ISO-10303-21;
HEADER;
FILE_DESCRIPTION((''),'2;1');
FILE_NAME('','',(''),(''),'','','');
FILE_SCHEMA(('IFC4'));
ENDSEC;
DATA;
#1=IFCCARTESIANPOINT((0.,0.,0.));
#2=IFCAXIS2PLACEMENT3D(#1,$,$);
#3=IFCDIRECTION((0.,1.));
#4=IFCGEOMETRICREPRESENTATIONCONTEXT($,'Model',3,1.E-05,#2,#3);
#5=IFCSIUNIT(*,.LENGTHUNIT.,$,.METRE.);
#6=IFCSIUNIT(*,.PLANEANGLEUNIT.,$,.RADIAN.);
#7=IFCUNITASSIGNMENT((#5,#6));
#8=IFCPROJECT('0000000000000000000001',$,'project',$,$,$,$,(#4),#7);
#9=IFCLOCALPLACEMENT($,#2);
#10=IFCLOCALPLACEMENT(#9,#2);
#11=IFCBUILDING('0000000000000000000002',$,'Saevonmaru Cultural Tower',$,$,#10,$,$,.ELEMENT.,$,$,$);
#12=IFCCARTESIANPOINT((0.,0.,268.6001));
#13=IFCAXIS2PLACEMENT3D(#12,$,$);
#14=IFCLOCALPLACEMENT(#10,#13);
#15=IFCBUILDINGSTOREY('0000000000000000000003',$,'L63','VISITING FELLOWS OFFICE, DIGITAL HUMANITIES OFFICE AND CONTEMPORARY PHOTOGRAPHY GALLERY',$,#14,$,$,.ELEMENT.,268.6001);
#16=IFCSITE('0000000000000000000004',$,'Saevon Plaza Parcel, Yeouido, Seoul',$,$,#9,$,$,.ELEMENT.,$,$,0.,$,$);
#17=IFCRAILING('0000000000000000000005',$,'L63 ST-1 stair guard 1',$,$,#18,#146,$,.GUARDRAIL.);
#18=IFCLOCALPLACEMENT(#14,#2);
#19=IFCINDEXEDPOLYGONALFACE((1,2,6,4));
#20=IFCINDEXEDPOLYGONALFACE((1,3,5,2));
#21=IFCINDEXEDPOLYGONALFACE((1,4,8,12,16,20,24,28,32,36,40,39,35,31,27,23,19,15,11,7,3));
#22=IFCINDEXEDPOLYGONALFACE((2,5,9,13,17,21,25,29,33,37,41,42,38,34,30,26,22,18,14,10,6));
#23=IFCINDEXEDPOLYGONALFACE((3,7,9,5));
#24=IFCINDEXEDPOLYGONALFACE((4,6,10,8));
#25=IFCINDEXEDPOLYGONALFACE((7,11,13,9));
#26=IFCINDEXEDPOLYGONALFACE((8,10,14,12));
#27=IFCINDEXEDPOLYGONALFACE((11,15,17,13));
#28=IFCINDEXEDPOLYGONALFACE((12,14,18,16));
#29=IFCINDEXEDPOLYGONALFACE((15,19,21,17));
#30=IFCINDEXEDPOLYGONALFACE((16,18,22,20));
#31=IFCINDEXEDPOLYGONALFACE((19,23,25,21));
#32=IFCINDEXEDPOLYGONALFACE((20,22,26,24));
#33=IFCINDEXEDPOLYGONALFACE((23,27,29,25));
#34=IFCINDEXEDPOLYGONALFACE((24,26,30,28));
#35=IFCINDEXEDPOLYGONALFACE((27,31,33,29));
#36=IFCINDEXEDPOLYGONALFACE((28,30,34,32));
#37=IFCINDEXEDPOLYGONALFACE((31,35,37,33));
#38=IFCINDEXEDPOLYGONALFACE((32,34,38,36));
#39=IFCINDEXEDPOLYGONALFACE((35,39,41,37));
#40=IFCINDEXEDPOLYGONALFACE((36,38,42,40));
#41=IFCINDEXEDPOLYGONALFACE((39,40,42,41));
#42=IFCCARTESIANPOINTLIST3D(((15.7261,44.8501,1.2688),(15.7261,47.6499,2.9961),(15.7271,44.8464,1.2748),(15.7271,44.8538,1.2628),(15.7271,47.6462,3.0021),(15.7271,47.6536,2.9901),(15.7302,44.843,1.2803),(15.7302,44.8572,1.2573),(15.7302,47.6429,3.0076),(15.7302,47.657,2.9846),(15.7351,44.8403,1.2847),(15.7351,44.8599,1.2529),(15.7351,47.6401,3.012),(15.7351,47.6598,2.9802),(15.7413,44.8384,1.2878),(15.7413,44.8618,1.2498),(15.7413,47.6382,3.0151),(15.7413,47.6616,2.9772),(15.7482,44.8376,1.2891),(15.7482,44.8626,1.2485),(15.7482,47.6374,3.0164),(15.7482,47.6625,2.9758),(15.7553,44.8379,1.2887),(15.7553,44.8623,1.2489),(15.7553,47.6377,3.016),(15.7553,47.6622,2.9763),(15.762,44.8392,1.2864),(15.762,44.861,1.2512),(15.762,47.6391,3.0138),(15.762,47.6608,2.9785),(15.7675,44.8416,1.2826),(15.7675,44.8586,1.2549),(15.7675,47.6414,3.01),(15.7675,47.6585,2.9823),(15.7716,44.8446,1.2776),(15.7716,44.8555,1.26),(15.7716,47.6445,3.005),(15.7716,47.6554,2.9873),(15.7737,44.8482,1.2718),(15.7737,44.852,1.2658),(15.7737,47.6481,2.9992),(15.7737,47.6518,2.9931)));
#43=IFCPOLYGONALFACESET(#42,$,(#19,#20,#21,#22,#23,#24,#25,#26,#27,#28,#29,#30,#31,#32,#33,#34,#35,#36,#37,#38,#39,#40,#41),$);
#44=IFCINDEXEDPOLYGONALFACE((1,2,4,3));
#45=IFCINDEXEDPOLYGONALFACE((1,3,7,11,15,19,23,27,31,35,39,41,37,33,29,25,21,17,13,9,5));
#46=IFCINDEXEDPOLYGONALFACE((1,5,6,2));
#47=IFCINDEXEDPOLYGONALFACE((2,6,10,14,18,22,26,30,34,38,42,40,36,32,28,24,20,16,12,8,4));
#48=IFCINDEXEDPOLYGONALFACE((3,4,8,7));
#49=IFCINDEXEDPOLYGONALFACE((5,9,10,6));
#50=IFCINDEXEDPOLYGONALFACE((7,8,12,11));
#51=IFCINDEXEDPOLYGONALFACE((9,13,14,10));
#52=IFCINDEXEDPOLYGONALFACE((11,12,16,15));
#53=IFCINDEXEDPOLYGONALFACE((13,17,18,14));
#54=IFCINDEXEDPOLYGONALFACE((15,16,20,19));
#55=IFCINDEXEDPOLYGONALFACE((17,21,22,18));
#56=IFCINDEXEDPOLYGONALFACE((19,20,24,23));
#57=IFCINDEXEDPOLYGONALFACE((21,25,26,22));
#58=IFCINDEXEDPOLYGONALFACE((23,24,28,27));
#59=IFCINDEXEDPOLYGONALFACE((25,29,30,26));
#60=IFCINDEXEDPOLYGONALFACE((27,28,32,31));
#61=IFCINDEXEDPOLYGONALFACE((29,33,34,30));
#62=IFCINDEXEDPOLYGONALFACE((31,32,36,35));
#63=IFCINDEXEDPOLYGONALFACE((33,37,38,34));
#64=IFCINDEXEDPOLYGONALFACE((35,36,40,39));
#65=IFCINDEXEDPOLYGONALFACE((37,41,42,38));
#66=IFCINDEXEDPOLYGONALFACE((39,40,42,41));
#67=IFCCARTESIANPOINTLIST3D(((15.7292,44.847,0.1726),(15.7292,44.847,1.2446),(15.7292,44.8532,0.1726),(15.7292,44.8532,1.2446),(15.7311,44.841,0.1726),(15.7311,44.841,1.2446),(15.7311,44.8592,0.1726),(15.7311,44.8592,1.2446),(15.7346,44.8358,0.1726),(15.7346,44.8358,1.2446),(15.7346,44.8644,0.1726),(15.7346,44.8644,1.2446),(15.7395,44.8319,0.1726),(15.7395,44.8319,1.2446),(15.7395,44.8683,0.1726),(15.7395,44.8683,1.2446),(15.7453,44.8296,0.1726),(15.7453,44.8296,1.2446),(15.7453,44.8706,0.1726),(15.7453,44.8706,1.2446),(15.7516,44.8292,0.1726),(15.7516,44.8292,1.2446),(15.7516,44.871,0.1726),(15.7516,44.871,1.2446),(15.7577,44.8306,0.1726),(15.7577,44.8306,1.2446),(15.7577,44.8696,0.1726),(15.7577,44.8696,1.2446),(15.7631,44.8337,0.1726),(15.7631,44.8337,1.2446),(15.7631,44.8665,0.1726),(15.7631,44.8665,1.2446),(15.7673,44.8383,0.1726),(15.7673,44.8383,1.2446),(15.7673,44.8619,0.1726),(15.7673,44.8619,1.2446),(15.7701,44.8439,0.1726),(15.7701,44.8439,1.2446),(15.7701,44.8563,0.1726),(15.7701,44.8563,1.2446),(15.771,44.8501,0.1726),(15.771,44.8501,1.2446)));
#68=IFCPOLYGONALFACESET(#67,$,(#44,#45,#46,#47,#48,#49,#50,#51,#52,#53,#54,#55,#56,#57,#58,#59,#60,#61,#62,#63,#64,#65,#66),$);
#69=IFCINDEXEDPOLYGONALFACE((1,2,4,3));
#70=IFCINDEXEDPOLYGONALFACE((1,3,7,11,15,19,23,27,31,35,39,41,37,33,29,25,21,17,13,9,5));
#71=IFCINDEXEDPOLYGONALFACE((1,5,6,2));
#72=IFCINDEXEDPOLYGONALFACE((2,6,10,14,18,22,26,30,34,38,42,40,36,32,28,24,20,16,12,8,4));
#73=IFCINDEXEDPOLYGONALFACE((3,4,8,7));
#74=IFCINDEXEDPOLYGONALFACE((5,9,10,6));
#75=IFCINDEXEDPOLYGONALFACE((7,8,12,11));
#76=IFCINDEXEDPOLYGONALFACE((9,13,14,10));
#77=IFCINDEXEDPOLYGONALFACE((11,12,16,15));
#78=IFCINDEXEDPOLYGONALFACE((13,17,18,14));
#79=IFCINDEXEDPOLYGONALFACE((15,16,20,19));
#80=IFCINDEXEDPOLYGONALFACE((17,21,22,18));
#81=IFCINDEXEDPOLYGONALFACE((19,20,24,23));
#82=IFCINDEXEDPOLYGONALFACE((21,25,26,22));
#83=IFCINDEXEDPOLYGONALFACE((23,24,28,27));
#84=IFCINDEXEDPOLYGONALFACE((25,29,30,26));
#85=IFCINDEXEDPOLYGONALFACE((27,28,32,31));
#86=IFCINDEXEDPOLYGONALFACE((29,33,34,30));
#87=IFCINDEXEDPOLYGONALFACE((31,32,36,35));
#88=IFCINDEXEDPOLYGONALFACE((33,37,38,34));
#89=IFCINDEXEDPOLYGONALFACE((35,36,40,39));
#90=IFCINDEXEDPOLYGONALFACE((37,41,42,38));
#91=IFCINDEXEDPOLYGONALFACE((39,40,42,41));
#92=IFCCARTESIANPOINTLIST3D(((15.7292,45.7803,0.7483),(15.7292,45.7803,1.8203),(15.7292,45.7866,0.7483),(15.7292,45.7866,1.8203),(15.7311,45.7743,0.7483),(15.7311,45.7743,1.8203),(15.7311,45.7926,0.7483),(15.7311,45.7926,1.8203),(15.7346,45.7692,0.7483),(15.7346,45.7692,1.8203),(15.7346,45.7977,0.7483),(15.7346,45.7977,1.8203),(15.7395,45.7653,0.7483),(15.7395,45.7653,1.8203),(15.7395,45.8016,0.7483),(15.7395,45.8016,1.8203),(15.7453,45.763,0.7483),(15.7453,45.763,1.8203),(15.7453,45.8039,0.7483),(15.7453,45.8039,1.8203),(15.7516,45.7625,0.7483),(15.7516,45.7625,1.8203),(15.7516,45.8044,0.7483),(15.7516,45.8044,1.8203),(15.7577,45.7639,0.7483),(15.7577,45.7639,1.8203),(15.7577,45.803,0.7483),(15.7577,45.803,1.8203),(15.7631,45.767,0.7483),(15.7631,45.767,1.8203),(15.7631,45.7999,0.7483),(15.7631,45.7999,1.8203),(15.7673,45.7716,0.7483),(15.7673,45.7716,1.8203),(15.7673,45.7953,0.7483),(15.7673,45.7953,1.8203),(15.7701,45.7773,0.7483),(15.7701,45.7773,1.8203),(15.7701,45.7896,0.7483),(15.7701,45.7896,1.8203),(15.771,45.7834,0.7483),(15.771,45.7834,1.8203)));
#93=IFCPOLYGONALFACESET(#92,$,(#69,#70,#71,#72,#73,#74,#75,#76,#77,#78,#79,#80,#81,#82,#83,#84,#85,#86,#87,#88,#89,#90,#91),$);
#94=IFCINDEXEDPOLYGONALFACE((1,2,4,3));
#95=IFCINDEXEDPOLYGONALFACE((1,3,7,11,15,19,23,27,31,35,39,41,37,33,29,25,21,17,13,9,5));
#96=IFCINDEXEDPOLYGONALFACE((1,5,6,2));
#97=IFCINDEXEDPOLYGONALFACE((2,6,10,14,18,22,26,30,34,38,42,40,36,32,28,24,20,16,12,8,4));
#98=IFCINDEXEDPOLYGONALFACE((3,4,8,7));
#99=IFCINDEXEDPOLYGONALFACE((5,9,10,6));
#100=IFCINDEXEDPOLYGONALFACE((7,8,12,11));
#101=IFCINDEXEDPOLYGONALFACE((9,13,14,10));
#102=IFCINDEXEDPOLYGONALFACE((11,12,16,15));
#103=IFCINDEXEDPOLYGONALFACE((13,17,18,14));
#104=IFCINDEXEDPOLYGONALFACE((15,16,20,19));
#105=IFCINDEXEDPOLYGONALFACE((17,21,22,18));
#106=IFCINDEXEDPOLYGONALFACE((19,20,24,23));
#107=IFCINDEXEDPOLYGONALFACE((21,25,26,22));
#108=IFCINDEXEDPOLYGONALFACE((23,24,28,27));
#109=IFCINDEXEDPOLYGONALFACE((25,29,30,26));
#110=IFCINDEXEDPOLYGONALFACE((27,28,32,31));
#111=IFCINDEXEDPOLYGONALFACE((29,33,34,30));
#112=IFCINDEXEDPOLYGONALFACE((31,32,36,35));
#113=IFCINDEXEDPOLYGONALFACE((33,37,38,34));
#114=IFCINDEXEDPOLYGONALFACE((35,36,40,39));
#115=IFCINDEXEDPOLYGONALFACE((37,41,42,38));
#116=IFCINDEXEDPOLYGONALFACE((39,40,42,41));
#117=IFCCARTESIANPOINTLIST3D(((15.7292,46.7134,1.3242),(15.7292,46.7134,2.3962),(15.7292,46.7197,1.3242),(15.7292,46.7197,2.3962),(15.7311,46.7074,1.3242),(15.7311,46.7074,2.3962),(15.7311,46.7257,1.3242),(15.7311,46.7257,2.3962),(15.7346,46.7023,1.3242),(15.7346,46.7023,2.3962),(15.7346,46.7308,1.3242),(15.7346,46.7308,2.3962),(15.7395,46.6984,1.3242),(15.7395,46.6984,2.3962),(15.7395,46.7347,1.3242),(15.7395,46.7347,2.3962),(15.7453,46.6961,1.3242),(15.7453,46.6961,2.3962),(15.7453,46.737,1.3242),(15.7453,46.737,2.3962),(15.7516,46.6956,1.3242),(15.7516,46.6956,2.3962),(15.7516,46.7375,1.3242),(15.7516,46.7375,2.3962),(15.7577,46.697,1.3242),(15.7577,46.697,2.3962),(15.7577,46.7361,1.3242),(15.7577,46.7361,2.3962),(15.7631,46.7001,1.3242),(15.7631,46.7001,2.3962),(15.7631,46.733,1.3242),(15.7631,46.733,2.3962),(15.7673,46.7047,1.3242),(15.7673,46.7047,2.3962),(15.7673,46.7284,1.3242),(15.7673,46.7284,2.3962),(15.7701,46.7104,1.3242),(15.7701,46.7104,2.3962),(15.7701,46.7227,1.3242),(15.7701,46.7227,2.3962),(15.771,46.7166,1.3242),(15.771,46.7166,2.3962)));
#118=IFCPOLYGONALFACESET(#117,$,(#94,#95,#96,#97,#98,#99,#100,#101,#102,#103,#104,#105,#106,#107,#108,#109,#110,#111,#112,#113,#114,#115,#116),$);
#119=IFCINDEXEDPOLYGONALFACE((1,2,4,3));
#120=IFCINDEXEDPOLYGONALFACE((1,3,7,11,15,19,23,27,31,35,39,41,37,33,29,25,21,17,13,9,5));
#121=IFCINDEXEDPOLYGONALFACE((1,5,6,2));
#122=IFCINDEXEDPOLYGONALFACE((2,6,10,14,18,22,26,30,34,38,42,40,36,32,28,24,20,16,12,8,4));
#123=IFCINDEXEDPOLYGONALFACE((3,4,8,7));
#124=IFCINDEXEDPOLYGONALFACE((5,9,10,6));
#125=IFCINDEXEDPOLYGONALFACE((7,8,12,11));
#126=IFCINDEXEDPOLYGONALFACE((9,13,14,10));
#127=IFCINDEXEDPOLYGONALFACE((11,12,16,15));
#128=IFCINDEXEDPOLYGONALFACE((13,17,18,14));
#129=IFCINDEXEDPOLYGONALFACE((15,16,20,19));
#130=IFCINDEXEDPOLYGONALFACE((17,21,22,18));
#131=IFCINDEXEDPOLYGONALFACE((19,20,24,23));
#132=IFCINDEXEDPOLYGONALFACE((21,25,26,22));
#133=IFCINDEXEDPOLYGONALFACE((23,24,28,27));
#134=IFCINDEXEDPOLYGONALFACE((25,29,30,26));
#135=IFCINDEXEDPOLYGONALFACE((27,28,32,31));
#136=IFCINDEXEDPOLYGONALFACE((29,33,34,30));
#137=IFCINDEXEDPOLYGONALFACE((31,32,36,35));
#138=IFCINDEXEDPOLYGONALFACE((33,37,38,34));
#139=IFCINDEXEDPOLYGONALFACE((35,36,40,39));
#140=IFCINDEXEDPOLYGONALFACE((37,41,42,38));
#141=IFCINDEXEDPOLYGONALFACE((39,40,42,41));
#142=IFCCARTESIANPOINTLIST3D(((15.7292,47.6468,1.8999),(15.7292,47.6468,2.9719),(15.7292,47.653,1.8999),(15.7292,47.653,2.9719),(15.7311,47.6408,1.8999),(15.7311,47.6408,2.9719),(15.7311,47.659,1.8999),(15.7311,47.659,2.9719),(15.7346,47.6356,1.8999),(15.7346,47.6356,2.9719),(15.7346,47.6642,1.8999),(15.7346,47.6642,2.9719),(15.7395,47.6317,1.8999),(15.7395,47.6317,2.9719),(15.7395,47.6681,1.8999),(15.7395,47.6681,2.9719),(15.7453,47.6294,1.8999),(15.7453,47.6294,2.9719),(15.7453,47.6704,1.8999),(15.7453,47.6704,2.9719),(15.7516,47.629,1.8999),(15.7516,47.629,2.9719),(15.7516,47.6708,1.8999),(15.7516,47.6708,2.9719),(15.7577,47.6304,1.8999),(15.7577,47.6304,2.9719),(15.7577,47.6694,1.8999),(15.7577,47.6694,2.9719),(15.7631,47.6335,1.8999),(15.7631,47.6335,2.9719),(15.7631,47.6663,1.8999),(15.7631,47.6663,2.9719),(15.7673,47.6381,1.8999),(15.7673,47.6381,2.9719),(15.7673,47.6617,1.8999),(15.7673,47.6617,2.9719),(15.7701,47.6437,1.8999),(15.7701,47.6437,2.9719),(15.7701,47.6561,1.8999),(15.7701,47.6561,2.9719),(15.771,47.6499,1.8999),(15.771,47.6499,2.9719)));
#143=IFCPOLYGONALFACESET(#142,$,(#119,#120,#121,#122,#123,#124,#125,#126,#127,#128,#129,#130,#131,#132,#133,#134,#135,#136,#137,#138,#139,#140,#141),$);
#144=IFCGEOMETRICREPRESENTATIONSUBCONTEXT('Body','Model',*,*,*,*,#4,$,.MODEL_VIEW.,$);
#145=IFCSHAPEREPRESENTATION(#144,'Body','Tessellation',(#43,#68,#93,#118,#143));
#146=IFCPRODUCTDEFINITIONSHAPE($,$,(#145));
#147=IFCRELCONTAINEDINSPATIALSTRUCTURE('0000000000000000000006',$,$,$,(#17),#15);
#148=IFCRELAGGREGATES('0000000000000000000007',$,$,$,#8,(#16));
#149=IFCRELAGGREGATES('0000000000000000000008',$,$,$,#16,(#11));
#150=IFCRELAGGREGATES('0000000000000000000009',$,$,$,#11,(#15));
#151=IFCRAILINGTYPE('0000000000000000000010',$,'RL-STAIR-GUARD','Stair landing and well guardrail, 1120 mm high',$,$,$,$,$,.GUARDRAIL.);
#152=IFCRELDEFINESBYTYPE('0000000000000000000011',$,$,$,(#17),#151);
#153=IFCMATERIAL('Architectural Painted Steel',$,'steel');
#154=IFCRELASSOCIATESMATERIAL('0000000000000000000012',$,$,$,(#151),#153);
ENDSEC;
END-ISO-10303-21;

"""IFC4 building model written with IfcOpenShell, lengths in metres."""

from ifc_helpers import new_model, si_unit, direction, frame, origin, origin_2d, place, context, subcontext, project, spatial, circle, extrude, material, type_object, element, save


model = new_model("IFC4")

# Units and contexts
model_context = context("Model", 3, precision=1e-05, world=origin(), true_north=direction((0.0, 1.0)))
body_context = subcontext(model_context, "Body", "Model", "MODEL_VIEW")
ifc_project = project(units=[si_unit("LENGTHUNIT", "METRE"), si_unit("PLANEANGLEUNIT", "RADIAN")], contexts=[model_context])

# Site, building, storey
site_placement = place(None, origin())
site = spatial("IfcSite", under=ifc_project, at=site_placement, Name="Saevon Plaza Parcel, Yeouido, Seoul", CompositionType="ELEMENT", RefElevation=0.0)
building_placement = place(site_placement, origin())
building = spatial("IfcBuilding", under=site, at=building_placement, Name="Saevonmaru Cultural Tower", CompositionType="ELEMENT")
storey_placement = place(building_placement, frame((0.0, 0.0, 268.6001)))
storey = spatial("IfcBuildingStorey", under=building, at=storey_placement, Name="L63", Description="VISITING FELLOWS OFFICE, DIGITAL HUMANITIES OFFICE AND CONTEMPORARY PHOTOGRAPHY GALLERY", CompositionType="ELEMENT", Elevation=268.6001)

# Railing
ifc_material_1 = material(Name="Architectural Painted Steel", Category="steel")
railing_type_1 = type_object("IfcRailingType", Name="RL-STAIR-GUARD", Description="Stair landing and well guardrail, 1120 mm high", PredefinedType="GUARDRAIL", material=ifc_material_1)
railing_1_placement = place(storey_placement, frame((15.75, 44.8501, 0.1726)))
element("IfcRailing", 1, at=railing_1_placement, inside=storey, type_object=railing_type_1, Name="L63 ST-1 stair guard 1", PredefinedType="GUARDRAIL", context=body_context, shape_type="SweptSolid", body=[
    extrude(circle(Radius=0.0239, at=origin_2d()), frame((0.0, 0.0, 1.0962), z_axis=(0.0, 0.851069, 0.525054), x_axis=(-1.0, 0.0, 0.0)), (0.0, 0.0, 1.0), 3.2898),
    extrude(circle(Radius=0.021, at=origin_2d()), origin(), (0.0, 0.0, 1.0), 1.072),
    extrude(circle(Radius=0.021, at=origin_2d()), frame((0.0, 0.9333, 0.5757)), (0.0, 0.0, 1.0), 1.072),
    extrude(circle(Radius=0.021, at=origin_2d()), frame((0.0, 1.8665, 1.1516)), (0.0, 0.0, 1.0), 1.072),
    extrude(circle(Radius=0.021, at=origin_2d()), frame((0.0, 2.7998, 1.7273)), (0.0, 0.0, 1.0), 1.072),
])

save(model, "model.ifc")
